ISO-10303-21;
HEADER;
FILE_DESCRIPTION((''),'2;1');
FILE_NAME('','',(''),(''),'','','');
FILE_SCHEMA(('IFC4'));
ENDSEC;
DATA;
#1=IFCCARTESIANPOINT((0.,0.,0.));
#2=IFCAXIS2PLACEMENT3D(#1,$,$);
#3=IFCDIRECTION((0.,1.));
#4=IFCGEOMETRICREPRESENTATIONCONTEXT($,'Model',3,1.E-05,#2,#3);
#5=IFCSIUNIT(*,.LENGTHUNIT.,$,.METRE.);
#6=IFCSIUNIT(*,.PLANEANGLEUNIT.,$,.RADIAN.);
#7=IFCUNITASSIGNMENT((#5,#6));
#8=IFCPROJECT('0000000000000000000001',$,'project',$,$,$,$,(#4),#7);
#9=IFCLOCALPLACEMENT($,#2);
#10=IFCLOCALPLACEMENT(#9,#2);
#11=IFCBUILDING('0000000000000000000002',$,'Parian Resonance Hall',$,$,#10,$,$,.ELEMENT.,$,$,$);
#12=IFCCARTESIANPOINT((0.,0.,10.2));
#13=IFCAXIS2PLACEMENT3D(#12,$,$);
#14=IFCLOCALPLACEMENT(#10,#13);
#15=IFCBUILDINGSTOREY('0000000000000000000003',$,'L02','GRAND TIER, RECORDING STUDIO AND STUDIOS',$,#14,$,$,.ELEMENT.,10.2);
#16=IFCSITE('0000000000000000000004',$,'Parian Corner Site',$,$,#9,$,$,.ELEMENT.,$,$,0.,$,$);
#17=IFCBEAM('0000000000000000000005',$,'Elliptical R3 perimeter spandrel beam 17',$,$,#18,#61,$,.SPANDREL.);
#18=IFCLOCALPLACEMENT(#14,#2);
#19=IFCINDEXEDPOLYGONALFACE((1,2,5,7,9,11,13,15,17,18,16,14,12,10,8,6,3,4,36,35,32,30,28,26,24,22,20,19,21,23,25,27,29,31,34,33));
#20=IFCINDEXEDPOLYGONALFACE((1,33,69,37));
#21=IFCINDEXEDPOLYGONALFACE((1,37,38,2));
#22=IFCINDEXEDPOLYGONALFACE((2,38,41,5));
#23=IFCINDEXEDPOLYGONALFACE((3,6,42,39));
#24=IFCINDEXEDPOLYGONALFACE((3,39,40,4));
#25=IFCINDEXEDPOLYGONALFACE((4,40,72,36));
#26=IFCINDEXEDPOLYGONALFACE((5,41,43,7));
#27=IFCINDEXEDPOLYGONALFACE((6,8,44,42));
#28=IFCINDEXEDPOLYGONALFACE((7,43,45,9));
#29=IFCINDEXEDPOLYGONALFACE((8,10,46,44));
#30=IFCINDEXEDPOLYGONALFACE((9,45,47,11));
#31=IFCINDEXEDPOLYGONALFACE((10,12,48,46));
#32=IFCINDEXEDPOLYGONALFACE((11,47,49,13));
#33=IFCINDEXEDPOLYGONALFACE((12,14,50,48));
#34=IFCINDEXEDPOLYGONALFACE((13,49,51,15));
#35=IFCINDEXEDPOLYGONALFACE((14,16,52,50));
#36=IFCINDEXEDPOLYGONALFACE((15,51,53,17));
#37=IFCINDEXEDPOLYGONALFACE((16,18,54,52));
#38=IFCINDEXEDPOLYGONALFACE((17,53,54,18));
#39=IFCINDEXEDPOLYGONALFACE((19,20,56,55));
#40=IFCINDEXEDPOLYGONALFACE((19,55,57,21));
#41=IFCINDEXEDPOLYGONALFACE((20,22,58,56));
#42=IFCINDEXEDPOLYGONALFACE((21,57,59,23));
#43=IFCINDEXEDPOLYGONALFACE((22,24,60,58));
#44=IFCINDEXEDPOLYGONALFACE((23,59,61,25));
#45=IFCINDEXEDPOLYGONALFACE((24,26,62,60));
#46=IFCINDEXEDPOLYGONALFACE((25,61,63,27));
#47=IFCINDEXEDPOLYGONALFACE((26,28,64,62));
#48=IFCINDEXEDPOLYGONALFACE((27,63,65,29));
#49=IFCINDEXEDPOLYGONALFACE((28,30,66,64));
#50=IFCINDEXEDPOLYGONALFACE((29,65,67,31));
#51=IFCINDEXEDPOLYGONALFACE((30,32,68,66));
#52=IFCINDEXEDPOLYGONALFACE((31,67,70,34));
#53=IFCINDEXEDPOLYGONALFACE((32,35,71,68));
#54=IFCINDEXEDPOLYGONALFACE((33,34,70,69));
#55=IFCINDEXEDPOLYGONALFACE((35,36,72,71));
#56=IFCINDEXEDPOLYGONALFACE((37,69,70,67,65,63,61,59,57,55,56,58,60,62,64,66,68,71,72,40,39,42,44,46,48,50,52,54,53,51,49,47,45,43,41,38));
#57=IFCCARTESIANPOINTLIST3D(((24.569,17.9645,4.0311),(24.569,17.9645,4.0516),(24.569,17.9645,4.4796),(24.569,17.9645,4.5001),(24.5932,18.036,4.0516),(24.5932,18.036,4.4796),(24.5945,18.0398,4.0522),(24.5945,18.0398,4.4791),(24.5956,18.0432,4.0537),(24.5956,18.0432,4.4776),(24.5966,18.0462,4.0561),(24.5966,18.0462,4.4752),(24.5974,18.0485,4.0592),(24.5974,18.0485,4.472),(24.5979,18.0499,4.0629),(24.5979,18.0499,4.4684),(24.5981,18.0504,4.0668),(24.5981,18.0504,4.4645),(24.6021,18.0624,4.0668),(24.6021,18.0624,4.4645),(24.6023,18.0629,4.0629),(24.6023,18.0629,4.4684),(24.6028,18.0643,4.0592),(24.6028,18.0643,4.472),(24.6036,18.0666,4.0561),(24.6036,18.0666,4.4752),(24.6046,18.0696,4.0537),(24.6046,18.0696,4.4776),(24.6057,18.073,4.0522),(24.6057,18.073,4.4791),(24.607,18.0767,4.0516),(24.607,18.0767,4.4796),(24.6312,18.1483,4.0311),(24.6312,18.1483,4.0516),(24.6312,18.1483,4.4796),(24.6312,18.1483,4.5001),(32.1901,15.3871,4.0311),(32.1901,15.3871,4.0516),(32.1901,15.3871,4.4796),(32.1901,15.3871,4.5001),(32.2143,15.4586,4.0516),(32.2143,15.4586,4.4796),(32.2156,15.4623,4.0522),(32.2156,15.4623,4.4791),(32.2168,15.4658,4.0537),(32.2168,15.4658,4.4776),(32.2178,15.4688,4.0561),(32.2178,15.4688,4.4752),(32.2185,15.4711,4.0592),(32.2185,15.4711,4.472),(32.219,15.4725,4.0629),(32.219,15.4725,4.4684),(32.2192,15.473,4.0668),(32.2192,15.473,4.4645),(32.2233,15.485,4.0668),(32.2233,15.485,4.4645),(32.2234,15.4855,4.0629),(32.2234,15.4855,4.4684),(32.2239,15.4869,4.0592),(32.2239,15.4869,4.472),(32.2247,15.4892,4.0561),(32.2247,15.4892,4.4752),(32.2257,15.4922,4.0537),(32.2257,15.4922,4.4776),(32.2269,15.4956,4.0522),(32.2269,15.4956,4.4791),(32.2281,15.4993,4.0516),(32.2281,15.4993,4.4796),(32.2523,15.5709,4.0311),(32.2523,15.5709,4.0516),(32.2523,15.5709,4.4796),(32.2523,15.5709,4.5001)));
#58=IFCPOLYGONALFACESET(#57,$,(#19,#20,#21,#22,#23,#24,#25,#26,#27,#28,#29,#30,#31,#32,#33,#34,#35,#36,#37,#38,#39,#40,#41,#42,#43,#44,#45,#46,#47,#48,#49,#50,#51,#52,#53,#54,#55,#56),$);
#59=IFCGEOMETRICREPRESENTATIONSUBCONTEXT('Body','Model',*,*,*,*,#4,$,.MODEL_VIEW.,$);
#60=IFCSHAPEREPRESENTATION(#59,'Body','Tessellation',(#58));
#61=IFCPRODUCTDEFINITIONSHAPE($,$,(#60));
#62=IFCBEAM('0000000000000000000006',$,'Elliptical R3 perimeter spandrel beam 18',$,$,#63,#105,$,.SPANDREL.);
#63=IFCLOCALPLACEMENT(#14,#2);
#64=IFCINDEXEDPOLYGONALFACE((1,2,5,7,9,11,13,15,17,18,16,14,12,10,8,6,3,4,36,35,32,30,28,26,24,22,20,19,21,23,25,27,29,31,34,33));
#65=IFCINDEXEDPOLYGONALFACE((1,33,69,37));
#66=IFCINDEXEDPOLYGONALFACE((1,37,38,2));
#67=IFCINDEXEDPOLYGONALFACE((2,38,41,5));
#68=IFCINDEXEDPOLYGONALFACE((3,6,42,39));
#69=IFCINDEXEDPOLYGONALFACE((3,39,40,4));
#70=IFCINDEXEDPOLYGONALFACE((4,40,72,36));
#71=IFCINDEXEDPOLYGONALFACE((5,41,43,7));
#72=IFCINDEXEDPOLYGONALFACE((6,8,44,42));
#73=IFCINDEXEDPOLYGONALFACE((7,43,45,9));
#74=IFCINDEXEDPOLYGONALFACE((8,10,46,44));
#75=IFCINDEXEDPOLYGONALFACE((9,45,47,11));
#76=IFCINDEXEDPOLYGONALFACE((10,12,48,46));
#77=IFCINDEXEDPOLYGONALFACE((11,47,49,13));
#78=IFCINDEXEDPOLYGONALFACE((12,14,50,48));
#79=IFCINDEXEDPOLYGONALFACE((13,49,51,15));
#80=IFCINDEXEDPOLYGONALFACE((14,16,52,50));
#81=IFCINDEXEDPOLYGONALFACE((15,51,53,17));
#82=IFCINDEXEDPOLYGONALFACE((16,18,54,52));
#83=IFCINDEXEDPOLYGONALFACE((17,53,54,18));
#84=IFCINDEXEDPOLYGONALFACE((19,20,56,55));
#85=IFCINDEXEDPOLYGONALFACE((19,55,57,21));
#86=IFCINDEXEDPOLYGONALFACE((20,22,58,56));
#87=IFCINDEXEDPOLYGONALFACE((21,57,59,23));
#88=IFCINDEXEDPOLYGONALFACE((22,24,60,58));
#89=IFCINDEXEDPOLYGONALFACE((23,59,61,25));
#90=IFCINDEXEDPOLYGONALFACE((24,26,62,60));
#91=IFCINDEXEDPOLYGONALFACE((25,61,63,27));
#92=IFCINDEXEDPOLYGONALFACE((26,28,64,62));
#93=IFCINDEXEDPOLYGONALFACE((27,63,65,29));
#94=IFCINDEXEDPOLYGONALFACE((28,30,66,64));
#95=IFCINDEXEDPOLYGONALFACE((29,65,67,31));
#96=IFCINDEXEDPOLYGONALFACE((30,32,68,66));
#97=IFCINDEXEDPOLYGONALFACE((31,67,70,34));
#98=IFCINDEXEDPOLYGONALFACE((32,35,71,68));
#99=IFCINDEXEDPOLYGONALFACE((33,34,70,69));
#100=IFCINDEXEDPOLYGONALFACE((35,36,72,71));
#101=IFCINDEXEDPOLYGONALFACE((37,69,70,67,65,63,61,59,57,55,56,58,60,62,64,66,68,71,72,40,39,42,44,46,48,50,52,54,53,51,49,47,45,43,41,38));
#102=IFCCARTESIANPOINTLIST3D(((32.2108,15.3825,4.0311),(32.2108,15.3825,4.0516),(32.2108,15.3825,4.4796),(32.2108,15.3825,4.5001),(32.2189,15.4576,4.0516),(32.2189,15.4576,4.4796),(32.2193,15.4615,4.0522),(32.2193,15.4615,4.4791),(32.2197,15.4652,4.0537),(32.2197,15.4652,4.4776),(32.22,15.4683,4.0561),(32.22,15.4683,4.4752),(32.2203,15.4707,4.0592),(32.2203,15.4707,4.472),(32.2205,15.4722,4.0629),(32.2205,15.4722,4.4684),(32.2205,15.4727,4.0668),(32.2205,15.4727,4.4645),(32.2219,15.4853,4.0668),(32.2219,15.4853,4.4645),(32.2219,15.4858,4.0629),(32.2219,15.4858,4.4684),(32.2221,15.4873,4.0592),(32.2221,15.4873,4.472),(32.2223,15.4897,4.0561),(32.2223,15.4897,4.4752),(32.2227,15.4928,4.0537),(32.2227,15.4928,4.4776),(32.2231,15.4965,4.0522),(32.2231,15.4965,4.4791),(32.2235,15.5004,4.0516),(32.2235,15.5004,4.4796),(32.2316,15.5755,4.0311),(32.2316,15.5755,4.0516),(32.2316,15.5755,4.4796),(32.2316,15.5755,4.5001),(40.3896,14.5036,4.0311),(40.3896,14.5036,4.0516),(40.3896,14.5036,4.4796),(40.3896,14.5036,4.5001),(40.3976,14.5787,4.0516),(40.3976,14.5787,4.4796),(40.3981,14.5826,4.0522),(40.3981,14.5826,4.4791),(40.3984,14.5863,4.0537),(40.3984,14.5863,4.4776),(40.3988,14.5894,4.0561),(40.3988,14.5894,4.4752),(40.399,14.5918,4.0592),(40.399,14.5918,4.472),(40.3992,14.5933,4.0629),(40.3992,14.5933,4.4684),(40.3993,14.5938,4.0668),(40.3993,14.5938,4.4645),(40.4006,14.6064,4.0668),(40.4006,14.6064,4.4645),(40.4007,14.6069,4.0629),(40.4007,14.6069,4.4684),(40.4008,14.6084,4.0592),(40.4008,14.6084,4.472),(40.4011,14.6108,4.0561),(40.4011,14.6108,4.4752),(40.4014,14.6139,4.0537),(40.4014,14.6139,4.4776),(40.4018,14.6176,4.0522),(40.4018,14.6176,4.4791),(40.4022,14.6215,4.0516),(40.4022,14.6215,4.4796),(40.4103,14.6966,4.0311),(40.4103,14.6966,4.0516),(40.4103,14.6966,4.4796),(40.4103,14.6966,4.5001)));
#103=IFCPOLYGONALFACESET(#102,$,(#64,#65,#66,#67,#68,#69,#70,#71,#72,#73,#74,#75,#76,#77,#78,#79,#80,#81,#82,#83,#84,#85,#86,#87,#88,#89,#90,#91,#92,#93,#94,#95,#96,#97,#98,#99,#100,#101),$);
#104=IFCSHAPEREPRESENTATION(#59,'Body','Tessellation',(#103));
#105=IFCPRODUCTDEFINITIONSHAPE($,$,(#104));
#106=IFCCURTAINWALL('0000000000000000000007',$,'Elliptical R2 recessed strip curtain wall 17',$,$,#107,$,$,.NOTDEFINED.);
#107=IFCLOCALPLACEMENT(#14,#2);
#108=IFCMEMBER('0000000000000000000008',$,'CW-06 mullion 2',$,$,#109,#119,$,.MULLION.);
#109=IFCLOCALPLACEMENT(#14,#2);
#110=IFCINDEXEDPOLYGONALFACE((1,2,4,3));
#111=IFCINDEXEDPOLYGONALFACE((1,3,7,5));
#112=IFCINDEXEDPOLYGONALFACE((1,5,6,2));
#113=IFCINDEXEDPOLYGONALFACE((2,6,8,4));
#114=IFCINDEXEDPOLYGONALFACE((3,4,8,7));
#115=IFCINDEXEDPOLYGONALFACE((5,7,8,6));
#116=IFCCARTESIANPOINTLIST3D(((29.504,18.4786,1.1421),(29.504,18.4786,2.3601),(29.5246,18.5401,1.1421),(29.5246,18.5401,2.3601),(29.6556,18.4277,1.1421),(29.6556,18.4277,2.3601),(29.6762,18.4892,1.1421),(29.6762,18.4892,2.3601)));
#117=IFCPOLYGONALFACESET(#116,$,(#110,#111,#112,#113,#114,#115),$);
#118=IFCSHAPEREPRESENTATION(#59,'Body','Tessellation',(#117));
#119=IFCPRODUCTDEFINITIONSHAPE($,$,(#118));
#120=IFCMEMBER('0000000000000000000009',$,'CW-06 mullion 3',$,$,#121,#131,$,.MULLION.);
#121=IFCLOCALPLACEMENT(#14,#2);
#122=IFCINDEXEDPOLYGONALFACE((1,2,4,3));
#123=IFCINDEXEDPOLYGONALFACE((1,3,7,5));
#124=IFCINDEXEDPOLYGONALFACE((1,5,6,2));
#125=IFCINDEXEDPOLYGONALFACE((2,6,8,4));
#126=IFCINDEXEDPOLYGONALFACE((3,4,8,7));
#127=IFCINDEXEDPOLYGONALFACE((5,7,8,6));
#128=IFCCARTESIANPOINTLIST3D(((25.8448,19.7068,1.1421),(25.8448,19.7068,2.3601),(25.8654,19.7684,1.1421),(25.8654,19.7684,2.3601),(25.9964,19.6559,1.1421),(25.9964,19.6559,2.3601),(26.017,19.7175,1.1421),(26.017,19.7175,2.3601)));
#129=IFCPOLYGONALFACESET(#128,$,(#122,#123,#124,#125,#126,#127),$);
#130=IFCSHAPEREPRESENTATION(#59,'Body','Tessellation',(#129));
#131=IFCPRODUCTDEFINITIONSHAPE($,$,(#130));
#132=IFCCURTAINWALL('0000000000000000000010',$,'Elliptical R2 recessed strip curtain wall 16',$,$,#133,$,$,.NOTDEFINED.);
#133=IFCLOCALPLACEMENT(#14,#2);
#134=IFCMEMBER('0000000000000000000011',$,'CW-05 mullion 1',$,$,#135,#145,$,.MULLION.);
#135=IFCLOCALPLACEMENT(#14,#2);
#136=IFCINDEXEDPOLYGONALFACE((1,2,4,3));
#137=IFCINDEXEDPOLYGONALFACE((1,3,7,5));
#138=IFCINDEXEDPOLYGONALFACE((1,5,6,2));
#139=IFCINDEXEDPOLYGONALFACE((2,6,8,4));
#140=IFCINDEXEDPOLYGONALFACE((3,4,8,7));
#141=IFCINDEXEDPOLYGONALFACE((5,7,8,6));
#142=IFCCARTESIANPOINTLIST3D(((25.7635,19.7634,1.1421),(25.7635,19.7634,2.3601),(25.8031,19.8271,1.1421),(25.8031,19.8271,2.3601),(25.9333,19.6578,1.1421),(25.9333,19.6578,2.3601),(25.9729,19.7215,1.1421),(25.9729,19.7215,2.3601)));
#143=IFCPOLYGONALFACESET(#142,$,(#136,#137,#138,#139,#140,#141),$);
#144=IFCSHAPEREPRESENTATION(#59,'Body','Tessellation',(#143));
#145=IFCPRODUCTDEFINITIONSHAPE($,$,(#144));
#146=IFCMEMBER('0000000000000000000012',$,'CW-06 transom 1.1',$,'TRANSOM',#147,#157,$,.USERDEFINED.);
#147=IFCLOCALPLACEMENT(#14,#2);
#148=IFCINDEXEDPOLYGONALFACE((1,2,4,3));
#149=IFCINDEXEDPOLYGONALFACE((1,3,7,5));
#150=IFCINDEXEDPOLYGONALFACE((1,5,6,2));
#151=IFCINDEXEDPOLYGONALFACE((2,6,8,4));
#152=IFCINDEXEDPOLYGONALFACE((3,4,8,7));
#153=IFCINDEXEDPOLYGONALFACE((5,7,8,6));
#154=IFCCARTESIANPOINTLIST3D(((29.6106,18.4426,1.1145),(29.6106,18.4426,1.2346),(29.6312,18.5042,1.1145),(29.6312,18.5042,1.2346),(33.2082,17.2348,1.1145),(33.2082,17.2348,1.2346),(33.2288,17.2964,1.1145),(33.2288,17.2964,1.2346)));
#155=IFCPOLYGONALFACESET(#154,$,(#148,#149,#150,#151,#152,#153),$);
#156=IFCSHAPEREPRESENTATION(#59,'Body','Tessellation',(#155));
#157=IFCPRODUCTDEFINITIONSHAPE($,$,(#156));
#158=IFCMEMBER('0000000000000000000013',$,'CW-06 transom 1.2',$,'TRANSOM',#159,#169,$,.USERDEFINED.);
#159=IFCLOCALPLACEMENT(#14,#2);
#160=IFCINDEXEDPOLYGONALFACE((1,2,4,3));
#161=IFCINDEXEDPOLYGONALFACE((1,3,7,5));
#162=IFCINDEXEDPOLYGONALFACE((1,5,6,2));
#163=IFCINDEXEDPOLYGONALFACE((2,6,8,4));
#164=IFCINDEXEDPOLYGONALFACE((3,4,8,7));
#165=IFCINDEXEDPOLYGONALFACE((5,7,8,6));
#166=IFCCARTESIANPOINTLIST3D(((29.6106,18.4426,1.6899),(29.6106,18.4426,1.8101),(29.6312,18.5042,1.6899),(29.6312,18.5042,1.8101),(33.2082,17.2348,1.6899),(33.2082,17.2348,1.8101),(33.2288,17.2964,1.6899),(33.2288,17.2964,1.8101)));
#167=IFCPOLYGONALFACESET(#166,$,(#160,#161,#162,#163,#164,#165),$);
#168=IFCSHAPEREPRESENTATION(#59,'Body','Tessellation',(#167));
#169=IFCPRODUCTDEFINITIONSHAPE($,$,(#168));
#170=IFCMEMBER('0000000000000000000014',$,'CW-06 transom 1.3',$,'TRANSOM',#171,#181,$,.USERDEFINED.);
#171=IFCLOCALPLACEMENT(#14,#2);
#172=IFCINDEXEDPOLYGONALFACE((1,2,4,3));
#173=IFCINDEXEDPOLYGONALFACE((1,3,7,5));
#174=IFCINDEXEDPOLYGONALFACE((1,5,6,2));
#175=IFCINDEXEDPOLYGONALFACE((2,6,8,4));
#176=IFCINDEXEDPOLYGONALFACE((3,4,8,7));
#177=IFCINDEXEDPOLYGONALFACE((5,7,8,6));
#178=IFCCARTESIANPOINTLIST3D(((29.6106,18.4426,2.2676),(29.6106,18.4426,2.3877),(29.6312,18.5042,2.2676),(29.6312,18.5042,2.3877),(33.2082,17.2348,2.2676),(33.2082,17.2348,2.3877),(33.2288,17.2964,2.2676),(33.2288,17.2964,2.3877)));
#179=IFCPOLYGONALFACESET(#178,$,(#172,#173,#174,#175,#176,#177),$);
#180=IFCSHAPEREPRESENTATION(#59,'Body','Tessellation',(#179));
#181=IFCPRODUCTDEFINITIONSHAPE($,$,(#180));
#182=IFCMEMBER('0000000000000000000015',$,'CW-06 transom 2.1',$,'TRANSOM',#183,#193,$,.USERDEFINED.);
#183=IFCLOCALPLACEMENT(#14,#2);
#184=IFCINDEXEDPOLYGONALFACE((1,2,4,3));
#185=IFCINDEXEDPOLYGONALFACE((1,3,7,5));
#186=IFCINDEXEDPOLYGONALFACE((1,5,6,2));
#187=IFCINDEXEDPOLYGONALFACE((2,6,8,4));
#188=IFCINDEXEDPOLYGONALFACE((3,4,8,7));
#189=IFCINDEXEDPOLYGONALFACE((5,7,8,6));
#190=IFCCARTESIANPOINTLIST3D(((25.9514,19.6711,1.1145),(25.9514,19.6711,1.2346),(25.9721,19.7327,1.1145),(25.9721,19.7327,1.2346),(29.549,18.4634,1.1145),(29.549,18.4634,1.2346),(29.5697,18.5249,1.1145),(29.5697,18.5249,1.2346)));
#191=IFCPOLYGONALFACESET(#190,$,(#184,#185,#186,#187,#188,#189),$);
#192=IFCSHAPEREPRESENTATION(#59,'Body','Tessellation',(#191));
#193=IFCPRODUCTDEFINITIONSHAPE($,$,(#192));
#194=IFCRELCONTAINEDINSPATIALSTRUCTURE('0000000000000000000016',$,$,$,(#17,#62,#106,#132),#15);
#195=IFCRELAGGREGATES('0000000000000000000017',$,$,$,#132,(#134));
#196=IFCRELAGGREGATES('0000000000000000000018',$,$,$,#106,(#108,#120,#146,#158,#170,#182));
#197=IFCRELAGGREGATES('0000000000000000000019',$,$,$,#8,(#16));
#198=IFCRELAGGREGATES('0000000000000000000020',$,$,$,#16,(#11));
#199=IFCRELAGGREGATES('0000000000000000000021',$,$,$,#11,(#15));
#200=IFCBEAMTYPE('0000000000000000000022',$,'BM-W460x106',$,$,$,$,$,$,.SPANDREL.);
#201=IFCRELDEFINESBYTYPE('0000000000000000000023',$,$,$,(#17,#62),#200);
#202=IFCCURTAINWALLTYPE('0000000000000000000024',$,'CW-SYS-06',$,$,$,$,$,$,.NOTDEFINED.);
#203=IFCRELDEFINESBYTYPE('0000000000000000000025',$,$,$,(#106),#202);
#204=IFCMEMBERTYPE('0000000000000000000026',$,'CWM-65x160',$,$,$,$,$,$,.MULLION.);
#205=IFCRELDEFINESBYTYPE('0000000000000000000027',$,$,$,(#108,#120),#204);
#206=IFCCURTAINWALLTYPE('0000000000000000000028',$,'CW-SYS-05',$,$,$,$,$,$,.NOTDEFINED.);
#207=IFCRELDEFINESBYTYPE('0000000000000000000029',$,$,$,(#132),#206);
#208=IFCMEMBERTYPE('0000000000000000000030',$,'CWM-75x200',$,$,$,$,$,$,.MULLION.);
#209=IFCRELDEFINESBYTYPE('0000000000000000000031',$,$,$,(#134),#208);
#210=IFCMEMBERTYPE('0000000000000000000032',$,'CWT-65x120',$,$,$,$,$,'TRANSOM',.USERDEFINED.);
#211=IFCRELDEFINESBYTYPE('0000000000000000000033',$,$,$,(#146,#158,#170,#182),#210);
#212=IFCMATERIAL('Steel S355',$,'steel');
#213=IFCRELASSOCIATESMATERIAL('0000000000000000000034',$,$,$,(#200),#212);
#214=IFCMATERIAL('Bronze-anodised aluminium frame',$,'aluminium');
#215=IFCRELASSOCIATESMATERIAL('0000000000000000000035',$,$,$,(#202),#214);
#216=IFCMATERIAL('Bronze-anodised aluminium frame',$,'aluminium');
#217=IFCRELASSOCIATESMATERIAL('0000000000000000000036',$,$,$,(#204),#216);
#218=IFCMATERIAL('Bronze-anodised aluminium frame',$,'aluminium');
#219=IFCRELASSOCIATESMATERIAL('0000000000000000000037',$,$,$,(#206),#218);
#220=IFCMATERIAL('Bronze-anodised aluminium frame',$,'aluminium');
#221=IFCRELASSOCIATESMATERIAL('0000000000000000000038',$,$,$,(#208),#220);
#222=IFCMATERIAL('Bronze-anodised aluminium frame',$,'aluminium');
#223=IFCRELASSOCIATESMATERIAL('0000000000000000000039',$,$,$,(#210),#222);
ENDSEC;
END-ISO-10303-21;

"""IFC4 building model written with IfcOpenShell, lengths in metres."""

from ifc_helpers import new_model, si_unit, direction, frame, origin, origin_2d, place, context, subcontext, project, spatial, rectangle, i_section, extrude, material, material_profile, profile_set, type_object, element, aggregate, save


model = new_model("IFC4")

# Units and contexts
model_context = context("Model", 3, precision=1e-05, world=origin(), true_north=direction((0.0, 1.0)))
body_context = subcontext(model_context, "Body", "Model", "MODEL_VIEW")
ifc_project = project(units=[si_unit("LENGTHUNIT", "METRE"), si_unit("PLANEANGLEUNIT", "RADIAN")], contexts=[model_context])

# Site, building, storey
site_placement = place(None, origin())
site = spatial("IfcSite", under=ifc_project, at=site_placement, Name="Parian Corner Site", CompositionType="ELEMENT", RefElevation=0.0)
building_placement = place(site_placement, origin())
building = spatial("IfcBuilding", under=site, at=building_placement, Name="Parian Resonance Hall", CompositionType="ELEMENT")
storey_placement = place(building_placement, frame((0.0, 0.0, 10.2)))
storey = spatial("IfcBuildingStorey", under=building, at=storey_placement, Name="L02", Description="GRAND TIER, RECORDING STUDIO AND STUDIOS", CompositionType="ELEMENT", Elevation=10.2)

# Beams
ifc_material_1 = material(Name="Steel S355", Category="steel")
ifc_material_profile_1 = material_profile(ifc_material_1, i_section(OverallWidth=0.1941, OverallDepth=0.469, WebThickness=0.0127, FlangeThickness=0.0205, FilletRadius=0.0151, at=origin_2d()), Name="W460x106")
ifc_profile_set_1 = profile_set([ifc_material_profile_1], Name="Steel S355")
beam_type = type_object("IfcBeamType", Name="BM-W460x106", PredefinedType="SPANDREL", material=ifc_profile_set_1)
beam_1_placement = place(storey_placement, frame((24.6001, 18.0564, 4.2656), z_axis=(0.947293, -0.320367, 0.0), x_axis=(0.320367, 0.947293, 0.0)))
element("IfcBeam", 1, at=beam_1_placement, inside=storey, type_object=beam_type, Name="Elliptical R3 perimeter spandrel beam 17", PredefinedType="SPANDREL", context=body_context, shape_type="SweptSolid", body=[
    extrude(i_section(OverallWidth=0.1941, OverallDepth=0.469, WebThickness=0.0127, FlangeThickness=0.0205, FilletRadius=0.0151, at=origin_2d()), origin(), (0.0, 0.0, 1.0), 8.0452),
])
beam_2_placement = place(storey_placement, frame((32.2212, 15.479, 4.2656), z_axis=(0.994275, -0.106848, 0.0), x_axis=(0.106848, 0.994275, 0.0)))
element("IfcBeam", 2, at=beam_2_placement, inside=storey, type_object=beam_type, Name="Elliptical R3 perimeter spandrel beam 18", PredefinedType="SPANDREL", context=body_context, shape_type="SweptSolid", body=[
    extrude(i_section(OverallWidth=0.1941, OverallDepth=0.469, WebThickness=0.0127, FlangeThickness=0.0205, FilletRadius=0.0151, at=origin_2d()), origin(), (0.0, 0.0, 1.0), 8.2258),
])

# Curtain wall, members
ifc_material_2 = material(Name="Bronze-anodised aluminium frame", Category="aluminium")
curtain_wall_type_1 = type_object("IfcCurtainWallType", Name="CW-SYS-06", PredefinedType="NOTDEFINED", material=ifc_material_2)
curtain_wall_1_placement = place(storey_placement, origin())
curtain_wall_1 = element("IfcCurtainWall", 3, at=curtain_wall_1_placement, inside=storey, type_object=curtain_wall_type_1, Name="Elliptical R2 recessed strip curtain wall 17", PredefinedType="NOTDEFINED")
ifc_material_3 = material(Name="Bronze-anodised aluminium frame", Category="aluminium")
ifc_material_profile_2 = material_profile(ifc_material_3, rectangle(XDim=0.0649, YDim=0.1599, at=origin_2d()), Name="CWM-65x160")
ifc_profile_set_2 = profile_set([ifc_material_profile_2], Name="Bronze-anodised aluminium frame")
member_type_1 = type_object("IfcMemberType", Name="CWM-65x160", PredefinedType="MULLION", material=ifc_profile_set_2)
member_1_placement = place(storey_placement, frame((29.5901, 18.4839, 1.1421), z_axis=(0.0, 0.0, 1.0), x_axis=(-0.318258, -0.948004, 0.0)))
member_1 = element("IfcMember", 4, at=member_1_placement, type_object=member_type_1, Name="CW-06 mullion 2", PredefinedType="MULLION", context=body_context, shape_type="SweptSolid", body=[
    extrude(rectangle(XDim=0.0649, YDim=0.1599, at=origin_2d()), origin(), (0.0, 0.0, 1.0), 1.218),
])
member_2_placement = place(storey_placement, frame((25.9309, 19.7122, 1.1421), z_axis=(0.0, 0.0, 1.0), x_axis=(-0.318258, -0.948004, 0.0)))
member_2 = element("IfcMember", 5, at=member_2_placement, type_object=member_type_1, Name="CW-06 mullion 3", PredefinedType="MULLION", context=body_context, shape_type="SweptSolid", body=[
    extrude(rectangle(XDim=0.0649, YDim=0.1599, at=origin_2d()), origin(), (0.0, 0.0, 1.0), 1.218),
])

# Curtain wall, member
ifc_material_4 = material(Name="Bronze-anodised aluminium frame", Category="aluminium")
curtain_wall_type_2 = type_object("IfcCurtainWallType", Name="CW-SYS-05", PredefinedType="NOTDEFINED", material=ifc_material_4)
curtain_wall_2_placement = place(storey_placement, origin())
curtain_wall_2 = element("IfcCurtainWall", 6, at=curtain_wall_2_placement, inside=storey, type_object=curtain_wall_type_2, Name="Elliptical R2 recessed strip curtain wall 16", PredefinedType="NOTDEFINED")
ifc_material_5 = material(Name="Bronze-anodised aluminium frame", Category="aluminium")
ifc_material_profile_3 = material_profile(ifc_material_5, rectangle(XDim=0.075, YDim=0.2, at=origin_2d()), Name="CWM-75x200")
ifc_profile_set_3 = profile_set([ifc_material_profile_3], Name="Bronze-anodised aluminium frame")
member_type_2 = type_object("IfcMemberType", Name="CWM-75x200", PredefinedType="MULLION", material=ifc_profile_set_3)
member_3_placement = place(storey_placement, frame((25.8682, 19.7424, 1.1421), z_axis=(0.0, 0.0, 1.0), x_axis=(-0.528096, -0.849185, 0.0)))
member_3 = element("IfcMember", 7, at=member_3_placement, type_object=member_type_2, Name="CW-05 mullion 1", PredefinedType="MULLION", context=body_context, shape_type="SweptSolid", body=[
    extrude(rectangle(XDim=0.075, YDim=0.2, at=origin_2d()), origin(), (0.0, 0.0, 1.0), 1.218),
])

# Members
ifc_material_6 = material(Name="Bronze-anodised aluminium frame", Category="aluminium")
ifc_material_profile_4 = material_profile(ifc_material_6, rectangle(XDim=0.0649, YDim=0.1201, at=origin_2d()), Name="CWT-65x120")
ifc_profile_set_4 = profile_set([ifc_material_profile_4], Name="Bronze-anodised aluminium frame")
member_type_3 = type_object("IfcMemberType", Name="CWT-65x120", ElementType="TRANSOM", PredefinedType="USERDEFINED", material=ifc_profile_set_4)
member_4_placement = place(storey_placement, frame((33.2185, 17.2656, 1.1746), z_axis=(-0.948006, 0.318254, 0.0), x_axis=(-0.318254, -0.948006, 0.0)))
member_4 = element("IfcMember", 8, at=member_4_placement, type_object=member_type_3, Name="CW-06 transom 1.1", ObjectType="TRANSOM", PredefinedType="USERDEFINED", context=body_context, shape_type="SweptSolid", body=[
    extrude(rectangle(XDim=0.0649, YDim=0.1201, at=origin_2d()), origin(), (0.0, 0.0, 1.0), 3.7949),
])
member_5_placement = place(storey_placement, frame((33.2185, 17.2656, 1.75), z_axis=(-0.948006, 0.318254, 0.0), x_axis=(-0.318254, -0.948006, 0.0)))
member_5 = element("IfcMember", 9, at=member_5_placement, type_object=member_type_3, Name="CW-06 transom 1.2", ObjectType="TRANSOM", PredefinedType="USERDEFINED", context=body_context, shape_type="SweptSolid", body=[
    extrude(rectangle(XDim=0.0649, YDim=0.1201, at=origin_2d()), origin(), (0.0, 0.0, 1.0), 3.7949),
])
member_6_placement = place(storey_placement, frame((33.2185, 17.2656, 2.3276), z_axis=(-0.948006, 0.318254, 0.0), x_axis=(-0.318254, -0.948006, 0.0)))
member_6 = element("IfcMember", 10, at=member_6_placement, type_object=member_type_3, Name="CW-06 transom 1.3", ObjectType="TRANSOM", PredefinedType="USERDEFINED", context=body_context, shape_type="SweptSolid", body=[
    extrude(rectangle(XDim=0.0649, YDim=0.1201, at=origin_2d()), origin(), (0.0, 0.0, 1.0), 3.7949),
])
member_7_placement = place(storey_placement, frame((29.5593, 18.4941, 1.1746), z_axis=(-0.948006, 0.318254, 0.0), x_axis=(-0.318254, -0.948006, 0.0)))
member_7 = element("IfcMember", 11, at=member_7_placement, type_object=member_type_3, Name="CW-06 transom 2.1", ObjectType="TRANSOM", PredefinedType="USERDEFINED", context=body_context, shape_type="SweptSolid", body=[
    extrude(rectangle(XDim=0.0649, YDim=0.1201, at=origin_2d()), origin(), (0.0, 0.0, 1.0), 3.7949),
])
aggregate(curtain_wall_2, [member_3])

aggregate(curtain_wall_1, [member_1, member_2, member_4, member_5, member_6, member_7])

save(model, "model.ifc")
